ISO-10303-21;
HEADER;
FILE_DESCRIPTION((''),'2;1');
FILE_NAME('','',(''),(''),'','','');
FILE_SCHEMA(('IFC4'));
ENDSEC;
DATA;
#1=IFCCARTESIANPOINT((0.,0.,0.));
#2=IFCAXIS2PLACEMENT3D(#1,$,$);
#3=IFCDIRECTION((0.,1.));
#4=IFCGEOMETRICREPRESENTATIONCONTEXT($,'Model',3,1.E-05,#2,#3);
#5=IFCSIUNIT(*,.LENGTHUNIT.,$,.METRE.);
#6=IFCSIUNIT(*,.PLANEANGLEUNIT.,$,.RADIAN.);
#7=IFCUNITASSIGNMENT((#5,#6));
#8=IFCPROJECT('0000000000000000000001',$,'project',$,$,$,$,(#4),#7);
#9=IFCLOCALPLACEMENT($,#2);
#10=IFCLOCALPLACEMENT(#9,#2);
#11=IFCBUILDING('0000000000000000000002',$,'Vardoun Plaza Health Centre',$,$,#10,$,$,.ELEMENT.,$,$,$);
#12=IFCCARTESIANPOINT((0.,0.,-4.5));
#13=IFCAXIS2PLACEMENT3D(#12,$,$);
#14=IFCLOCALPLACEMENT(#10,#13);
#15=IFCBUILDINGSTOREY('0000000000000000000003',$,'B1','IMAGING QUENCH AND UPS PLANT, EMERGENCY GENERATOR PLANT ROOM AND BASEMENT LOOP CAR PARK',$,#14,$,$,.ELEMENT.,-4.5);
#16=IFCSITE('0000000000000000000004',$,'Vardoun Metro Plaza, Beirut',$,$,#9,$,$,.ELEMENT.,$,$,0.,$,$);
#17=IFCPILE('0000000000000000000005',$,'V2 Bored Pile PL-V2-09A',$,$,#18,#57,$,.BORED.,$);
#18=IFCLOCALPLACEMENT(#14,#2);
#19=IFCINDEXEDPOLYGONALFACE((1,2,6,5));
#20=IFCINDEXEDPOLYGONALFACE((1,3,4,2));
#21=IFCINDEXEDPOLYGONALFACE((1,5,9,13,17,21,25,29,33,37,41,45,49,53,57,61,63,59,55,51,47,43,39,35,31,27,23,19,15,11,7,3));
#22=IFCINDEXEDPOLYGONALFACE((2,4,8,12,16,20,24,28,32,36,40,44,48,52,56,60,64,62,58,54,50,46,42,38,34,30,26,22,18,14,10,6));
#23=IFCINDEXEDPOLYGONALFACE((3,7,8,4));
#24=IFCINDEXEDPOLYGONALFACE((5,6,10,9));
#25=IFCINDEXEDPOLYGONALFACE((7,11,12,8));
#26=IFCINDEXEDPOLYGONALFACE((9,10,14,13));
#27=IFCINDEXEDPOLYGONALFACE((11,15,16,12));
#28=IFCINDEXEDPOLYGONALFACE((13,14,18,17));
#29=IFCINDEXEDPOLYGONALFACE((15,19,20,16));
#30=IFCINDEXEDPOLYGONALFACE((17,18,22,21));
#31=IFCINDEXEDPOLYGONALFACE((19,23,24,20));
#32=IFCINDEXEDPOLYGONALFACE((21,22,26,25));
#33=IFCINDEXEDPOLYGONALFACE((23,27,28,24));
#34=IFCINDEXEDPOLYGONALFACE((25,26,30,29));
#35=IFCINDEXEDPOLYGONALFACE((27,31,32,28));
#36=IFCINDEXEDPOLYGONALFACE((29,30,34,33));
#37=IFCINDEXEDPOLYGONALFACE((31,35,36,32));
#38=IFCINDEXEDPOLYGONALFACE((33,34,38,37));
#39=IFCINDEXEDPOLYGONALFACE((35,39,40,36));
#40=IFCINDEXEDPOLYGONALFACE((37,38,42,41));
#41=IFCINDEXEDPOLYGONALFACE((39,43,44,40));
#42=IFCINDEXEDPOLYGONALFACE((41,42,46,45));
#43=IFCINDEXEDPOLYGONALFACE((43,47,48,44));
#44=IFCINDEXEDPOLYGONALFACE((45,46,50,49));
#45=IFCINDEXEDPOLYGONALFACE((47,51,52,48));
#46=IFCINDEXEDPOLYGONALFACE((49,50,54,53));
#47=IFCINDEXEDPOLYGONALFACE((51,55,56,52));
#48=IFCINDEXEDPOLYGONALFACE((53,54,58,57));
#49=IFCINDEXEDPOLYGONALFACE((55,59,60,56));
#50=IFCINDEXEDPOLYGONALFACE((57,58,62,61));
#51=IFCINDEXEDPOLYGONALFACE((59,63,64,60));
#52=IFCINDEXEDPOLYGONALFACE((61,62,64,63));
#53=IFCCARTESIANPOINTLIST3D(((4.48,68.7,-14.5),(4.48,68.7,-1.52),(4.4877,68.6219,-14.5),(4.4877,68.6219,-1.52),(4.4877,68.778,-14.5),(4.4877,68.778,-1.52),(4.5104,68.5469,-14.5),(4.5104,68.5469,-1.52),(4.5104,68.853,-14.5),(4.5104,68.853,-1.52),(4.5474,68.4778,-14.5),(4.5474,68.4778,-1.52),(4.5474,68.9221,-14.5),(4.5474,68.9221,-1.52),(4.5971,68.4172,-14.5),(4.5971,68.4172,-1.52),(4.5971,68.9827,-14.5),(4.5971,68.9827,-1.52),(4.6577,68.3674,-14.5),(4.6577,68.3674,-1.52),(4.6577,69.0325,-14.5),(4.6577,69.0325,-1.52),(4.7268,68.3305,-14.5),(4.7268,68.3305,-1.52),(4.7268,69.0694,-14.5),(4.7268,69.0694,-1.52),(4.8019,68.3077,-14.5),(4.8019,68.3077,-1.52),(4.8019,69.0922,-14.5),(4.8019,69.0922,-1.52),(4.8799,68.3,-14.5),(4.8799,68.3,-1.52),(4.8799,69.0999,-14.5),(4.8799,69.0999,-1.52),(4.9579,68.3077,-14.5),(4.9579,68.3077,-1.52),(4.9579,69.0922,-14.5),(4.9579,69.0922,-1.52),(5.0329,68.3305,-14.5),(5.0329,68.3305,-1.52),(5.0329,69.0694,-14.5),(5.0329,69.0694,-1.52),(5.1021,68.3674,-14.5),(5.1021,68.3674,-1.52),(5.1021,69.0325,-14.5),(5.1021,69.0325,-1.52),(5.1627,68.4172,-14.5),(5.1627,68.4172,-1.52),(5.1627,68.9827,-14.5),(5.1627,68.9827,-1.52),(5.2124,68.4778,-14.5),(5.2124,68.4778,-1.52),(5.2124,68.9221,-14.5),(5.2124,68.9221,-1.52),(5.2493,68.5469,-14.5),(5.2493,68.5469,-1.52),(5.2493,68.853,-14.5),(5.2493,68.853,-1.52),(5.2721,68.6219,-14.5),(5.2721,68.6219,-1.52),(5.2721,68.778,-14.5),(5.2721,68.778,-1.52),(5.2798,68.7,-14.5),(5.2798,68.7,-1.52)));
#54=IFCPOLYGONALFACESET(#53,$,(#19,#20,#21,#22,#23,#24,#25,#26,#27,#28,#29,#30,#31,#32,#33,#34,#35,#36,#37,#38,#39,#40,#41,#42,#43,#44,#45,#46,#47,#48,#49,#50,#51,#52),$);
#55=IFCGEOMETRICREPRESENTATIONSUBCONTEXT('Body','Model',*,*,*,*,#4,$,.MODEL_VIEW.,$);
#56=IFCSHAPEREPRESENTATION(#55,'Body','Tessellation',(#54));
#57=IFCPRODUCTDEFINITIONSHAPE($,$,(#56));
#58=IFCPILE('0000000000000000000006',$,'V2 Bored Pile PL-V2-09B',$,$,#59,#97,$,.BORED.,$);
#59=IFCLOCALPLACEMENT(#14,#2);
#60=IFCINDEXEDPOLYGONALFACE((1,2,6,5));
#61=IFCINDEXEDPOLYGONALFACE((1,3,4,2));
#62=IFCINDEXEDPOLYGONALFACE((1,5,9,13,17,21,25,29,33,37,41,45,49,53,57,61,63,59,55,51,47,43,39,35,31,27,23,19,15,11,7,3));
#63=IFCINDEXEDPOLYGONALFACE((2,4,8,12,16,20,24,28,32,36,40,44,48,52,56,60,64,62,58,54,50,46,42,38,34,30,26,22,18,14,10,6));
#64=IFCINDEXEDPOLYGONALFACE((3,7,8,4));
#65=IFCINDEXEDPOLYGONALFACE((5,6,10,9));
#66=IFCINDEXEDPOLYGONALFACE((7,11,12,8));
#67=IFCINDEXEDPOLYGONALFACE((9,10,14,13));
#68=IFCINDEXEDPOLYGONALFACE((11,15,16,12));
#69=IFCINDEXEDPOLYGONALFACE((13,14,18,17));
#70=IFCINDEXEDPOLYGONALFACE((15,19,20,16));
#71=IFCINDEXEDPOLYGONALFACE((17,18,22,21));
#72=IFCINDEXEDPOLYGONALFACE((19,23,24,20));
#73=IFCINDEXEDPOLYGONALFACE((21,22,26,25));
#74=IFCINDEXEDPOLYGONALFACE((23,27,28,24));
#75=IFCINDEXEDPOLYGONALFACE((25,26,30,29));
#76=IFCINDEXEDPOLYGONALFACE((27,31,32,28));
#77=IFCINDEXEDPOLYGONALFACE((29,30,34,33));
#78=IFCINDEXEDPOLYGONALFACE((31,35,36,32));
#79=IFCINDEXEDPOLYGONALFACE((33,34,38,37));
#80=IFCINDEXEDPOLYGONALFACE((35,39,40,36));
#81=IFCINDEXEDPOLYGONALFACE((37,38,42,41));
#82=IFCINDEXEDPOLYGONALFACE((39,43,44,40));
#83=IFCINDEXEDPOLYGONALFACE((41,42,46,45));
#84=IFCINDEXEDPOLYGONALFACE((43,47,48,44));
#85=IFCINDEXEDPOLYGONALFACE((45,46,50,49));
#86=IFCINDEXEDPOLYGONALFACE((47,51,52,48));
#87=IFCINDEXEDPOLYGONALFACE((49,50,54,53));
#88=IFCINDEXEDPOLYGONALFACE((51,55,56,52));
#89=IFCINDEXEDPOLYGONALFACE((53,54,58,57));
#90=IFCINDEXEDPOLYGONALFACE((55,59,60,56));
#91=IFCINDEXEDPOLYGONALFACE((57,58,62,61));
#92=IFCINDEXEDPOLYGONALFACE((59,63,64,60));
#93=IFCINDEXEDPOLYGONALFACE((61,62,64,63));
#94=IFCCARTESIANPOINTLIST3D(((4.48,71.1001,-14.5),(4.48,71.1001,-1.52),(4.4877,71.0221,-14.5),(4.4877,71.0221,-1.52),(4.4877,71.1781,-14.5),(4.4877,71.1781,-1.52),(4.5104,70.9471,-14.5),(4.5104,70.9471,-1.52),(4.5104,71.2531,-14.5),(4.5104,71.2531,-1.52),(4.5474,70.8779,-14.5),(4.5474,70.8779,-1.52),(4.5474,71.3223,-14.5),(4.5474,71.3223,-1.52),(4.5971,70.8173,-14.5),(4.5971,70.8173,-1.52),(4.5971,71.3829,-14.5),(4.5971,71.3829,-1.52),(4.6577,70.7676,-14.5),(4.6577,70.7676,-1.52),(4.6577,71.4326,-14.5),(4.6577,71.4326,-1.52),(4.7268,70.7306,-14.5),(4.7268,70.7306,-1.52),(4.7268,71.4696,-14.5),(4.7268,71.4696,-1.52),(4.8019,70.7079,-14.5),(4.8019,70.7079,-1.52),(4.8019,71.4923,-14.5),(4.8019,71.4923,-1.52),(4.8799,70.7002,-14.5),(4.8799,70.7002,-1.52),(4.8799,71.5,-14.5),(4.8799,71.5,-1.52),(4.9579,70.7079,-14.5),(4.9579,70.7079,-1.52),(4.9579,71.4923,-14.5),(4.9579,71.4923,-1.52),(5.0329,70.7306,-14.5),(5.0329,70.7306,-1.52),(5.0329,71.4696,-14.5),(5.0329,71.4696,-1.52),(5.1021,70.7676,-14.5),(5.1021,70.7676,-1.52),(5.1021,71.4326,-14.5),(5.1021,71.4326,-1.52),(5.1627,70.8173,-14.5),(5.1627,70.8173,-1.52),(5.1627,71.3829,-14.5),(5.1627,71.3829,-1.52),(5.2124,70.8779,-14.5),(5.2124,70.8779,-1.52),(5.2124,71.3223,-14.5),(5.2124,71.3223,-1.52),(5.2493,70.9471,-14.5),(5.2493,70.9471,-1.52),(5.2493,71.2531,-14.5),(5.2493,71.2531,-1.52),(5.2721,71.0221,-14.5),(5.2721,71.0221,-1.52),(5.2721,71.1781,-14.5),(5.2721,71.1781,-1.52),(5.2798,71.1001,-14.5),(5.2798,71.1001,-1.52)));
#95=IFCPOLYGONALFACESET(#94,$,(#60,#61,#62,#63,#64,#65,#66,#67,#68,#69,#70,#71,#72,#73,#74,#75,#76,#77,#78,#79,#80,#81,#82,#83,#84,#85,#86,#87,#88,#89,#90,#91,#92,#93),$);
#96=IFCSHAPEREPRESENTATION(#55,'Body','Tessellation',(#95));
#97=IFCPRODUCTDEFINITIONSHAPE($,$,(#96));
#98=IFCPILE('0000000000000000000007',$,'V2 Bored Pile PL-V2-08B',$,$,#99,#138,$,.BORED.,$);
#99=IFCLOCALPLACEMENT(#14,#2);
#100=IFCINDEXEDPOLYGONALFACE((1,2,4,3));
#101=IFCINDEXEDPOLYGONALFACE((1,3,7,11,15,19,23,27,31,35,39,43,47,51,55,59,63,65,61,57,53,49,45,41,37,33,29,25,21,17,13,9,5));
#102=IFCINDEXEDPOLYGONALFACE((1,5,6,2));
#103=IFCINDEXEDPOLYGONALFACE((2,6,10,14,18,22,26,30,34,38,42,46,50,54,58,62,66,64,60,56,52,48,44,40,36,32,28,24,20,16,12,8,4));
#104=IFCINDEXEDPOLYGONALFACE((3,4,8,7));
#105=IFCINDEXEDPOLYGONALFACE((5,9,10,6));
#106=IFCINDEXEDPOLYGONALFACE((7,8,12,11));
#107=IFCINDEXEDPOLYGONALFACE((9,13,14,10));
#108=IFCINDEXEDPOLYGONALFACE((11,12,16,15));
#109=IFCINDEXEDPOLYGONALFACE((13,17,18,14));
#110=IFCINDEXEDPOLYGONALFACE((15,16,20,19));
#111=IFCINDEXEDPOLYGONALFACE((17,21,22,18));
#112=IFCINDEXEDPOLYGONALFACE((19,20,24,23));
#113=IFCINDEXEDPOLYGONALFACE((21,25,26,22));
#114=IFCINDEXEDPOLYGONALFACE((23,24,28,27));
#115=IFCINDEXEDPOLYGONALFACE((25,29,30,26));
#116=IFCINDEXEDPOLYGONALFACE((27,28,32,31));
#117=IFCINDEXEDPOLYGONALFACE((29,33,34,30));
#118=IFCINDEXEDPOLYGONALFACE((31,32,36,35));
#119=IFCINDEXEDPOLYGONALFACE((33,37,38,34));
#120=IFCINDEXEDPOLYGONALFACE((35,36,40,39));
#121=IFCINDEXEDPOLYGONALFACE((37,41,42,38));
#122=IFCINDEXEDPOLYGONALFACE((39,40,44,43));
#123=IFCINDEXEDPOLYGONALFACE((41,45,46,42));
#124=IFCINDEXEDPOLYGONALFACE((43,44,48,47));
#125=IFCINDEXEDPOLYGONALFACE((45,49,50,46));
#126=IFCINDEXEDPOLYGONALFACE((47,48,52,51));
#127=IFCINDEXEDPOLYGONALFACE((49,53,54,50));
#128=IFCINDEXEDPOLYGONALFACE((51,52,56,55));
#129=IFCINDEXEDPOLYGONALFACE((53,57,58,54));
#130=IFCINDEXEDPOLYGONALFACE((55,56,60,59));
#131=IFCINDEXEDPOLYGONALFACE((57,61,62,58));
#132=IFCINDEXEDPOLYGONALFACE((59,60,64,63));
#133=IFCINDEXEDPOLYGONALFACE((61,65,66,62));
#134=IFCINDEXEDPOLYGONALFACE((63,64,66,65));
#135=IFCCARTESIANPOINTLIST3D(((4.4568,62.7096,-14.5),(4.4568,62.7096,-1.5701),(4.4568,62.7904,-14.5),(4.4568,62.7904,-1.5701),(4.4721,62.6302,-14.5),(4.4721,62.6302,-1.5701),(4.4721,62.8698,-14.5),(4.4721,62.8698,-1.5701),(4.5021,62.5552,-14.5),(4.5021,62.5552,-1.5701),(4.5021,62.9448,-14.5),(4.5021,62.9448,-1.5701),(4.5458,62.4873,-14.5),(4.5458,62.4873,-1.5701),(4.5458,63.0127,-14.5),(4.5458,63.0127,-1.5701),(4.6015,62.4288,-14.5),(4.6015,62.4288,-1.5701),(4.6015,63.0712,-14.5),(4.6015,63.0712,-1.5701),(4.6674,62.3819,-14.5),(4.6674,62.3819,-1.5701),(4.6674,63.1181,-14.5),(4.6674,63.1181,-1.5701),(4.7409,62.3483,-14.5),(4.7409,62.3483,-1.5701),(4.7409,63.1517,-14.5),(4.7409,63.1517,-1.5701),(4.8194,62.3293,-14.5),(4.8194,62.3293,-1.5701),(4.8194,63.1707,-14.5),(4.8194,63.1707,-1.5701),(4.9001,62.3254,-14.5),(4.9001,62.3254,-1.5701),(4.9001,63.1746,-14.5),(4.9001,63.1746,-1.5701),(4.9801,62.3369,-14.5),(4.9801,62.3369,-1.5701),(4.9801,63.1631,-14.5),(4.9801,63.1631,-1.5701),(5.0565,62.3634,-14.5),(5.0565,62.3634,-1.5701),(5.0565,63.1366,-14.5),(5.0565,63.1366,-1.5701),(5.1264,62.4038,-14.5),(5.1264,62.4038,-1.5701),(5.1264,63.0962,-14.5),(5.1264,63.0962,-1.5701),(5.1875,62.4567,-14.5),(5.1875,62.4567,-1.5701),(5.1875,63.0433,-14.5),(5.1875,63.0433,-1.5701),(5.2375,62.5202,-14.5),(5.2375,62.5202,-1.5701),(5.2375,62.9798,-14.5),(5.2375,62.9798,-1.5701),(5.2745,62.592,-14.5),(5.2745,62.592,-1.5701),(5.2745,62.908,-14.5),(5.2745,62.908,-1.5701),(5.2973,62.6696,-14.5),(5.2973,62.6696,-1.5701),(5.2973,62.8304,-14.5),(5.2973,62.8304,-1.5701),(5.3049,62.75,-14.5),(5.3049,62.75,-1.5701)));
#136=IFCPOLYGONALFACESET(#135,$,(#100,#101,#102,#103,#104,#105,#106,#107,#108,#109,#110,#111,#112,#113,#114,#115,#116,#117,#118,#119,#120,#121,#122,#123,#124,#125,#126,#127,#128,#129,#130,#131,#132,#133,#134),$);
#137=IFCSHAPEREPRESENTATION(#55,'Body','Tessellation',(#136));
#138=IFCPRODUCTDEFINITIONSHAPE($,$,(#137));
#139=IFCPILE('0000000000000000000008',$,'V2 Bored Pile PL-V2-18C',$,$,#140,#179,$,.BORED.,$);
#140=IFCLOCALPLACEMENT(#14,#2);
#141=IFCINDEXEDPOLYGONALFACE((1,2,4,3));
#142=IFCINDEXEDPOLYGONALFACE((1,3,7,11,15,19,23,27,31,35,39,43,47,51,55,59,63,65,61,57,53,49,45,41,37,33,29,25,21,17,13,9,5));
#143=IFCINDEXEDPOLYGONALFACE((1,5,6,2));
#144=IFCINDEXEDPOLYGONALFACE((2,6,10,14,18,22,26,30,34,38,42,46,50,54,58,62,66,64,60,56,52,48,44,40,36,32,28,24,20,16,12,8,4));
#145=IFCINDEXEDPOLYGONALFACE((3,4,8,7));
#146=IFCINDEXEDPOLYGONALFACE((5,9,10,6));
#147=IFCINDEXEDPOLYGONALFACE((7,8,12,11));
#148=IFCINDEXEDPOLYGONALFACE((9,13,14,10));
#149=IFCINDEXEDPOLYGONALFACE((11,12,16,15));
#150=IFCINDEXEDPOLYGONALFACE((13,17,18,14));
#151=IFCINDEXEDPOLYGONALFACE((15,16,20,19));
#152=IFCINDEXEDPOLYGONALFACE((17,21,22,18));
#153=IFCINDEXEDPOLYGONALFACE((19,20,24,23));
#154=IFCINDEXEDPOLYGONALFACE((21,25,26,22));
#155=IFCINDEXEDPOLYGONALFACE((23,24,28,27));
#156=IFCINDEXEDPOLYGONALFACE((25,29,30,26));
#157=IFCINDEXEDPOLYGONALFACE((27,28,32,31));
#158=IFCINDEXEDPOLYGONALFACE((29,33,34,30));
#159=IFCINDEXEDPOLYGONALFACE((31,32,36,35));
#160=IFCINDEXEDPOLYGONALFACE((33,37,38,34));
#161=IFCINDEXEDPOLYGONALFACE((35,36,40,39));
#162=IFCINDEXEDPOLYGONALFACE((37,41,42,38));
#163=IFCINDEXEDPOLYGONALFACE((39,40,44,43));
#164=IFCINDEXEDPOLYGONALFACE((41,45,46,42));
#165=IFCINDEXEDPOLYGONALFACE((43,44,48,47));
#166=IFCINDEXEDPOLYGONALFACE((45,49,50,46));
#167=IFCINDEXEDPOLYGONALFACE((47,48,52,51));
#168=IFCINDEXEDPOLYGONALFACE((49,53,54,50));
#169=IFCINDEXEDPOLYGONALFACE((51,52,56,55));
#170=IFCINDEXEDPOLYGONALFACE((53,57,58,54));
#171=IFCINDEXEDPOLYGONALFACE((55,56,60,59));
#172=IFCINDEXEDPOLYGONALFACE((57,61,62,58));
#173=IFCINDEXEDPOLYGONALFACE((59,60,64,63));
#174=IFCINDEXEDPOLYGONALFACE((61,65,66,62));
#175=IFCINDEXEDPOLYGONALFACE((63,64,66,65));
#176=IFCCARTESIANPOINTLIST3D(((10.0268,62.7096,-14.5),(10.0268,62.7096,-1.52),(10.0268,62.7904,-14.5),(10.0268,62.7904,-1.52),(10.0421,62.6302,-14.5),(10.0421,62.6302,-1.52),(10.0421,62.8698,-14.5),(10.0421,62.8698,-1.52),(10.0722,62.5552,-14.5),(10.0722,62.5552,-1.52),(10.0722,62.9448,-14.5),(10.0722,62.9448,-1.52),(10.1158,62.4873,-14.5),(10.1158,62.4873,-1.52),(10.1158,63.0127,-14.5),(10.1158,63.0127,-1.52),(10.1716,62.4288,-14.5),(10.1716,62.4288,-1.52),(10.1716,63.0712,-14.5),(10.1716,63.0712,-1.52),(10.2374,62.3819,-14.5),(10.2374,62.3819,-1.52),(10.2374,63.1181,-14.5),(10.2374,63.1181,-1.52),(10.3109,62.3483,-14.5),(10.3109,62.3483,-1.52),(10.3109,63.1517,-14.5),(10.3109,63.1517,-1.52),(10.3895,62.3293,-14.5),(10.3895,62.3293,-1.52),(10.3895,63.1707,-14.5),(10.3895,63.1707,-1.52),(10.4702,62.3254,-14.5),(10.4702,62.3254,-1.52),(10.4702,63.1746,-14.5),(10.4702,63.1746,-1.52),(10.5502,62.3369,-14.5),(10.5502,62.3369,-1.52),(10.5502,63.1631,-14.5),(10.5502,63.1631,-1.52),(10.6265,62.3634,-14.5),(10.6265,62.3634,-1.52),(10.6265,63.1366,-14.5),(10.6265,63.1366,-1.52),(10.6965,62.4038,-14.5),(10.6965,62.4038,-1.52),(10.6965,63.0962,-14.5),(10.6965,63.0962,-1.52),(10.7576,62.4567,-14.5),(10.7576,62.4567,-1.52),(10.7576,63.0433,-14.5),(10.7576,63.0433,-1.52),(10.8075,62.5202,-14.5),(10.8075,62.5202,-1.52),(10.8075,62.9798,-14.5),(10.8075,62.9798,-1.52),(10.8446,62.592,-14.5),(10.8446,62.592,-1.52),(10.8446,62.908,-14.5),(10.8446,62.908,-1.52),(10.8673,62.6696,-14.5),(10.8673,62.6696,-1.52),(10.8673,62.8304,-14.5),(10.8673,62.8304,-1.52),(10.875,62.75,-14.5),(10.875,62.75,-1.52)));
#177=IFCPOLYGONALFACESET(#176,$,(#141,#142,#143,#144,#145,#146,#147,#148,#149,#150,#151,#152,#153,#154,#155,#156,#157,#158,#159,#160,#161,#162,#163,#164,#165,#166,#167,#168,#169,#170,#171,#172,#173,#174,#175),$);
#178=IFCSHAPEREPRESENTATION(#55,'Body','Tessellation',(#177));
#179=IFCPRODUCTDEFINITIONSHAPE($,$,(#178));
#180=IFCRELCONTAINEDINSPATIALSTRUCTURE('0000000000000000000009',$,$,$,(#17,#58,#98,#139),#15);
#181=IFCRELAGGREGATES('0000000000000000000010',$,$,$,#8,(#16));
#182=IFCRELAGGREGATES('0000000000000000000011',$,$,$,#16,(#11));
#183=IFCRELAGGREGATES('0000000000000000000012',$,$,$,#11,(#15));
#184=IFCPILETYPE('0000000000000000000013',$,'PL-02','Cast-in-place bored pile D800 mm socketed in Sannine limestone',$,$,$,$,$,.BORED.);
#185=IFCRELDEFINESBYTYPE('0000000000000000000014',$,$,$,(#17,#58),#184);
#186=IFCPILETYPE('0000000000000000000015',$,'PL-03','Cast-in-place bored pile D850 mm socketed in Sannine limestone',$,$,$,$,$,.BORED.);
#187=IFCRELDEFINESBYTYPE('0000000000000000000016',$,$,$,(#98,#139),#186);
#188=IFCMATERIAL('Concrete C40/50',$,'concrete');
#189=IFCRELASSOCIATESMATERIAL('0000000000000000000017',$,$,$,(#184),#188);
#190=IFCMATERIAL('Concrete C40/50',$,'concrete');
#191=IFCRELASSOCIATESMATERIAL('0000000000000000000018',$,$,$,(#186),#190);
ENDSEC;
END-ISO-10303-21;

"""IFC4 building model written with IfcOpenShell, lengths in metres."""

from ifc_helpers import new_model, si_unit, direction, frame, origin, origin_2d, place, context, subcontext, project, spatial, circle, extrude, material, material_profile, profile_set, type_object, element, save


model = new_model("IFC4")

# Units and contexts
model_context = context("Model", 3, precision=1e-05, world=origin(), true_north=direction((0.0, 1.0)))
body_context = subcontext(model_context, "Body", "Model", "MODEL_VIEW")
ifc_project = project(units=[si_unit("LENGTHUNIT", "METRE"), si_unit("PLANEANGLEUNIT", "RADIAN")], contexts=[model_context])

# Site, building, storey
site_placement = place(None, origin())
site = spatial("IfcSite", under=ifc_project, at=site_placement, Name="Vardoun Metro Plaza, Beirut", CompositionType="ELEMENT", RefElevation=0.0)
building_placement = place(site_placement, origin())
building = spatial("IfcBuilding", under=site, at=building_placement, Name="Vardoun Plaza Health Centre", CompositionType="ELEMENT")
storey_placement = place(building_placement, frame((0.0, 0.0, -4.5)))
storey = spatial("IfcBuildingStorey", under=building, at=storey_placement, Name="B1", Description="IMAGING QUENCH AND UPS PLANT, EMERGENCY GENERATOR PLANT ROOM AND BASEMENT LOOP CAR PARK", CompositionType="ELEMENT", Elevation=-4.5)

# Piles
ifc_material_1 = material(Name="Concrete C40/50", Category="concrete")
ifc_material_profile_1 = material_profile(ifc_material_1, circle(Radius=0.3999, at=origin_2d()), Name="PILE D800")
ifc_profile_set_1 = profile_set([ifc_material_profile_1], Name="Concrete C40/50")
pile_type_1 = type_object("IfcPileType", Name="PL-02", Description="Cast-in-place bored pile D800 mm socketed in Sannine limestone", PredefinedType="BORED", material=ifc_profile_set_1)
for number, where, z_axis, x_axis, name in (
    (1, (4.8799, 68.7, -1.52), (0.0, 0.0, -1.0), (1.0, 0.0, 0.0), "V2 Bored Pile PL-V2-09A"),
    (2, (4.8799, 71.1001, -1.52), (0.0, 0.0, -1.0), (1.0, 0.0, 0.0), "V2 Bored Pile PL-V2-09B"),
):
    element("IfcPile", number, at=place(storey_placement, frame(where, z_axis=z_axis, x_axis=x_axis)), inside=storey, type_object=pile_type_1, Name=name, PredefinedType="BORED", context=body_context, shape_type="SweptSolid", body=[
        extrude(circle(Radius=0.3999, at=origin_2d()), origin(), (0.0, 0.0, 1.0), 12.98),
    ])
ifc_material_2 = material(Name="Concrete C40/50", Category="concrete")
ifc_material_profile_2 = material_profile(ifc_material_2, circle(Radius=0.425, at=origin_2d()), Name="PILE D850")
ifc_profile_set_2 = profile_set([ifc_material_profile_2], Name="Concrete C40/50")
pile_type_2 = type_object("IfcPileType", Name="PL-03", Description="Cast-in-place bored pile D850 mm socketed in Sannine limestone", PredefinedType="BORED", material=ifc_profile_set_2)
pile_1_placement = place(storey_placement, frame((4.8799, 62.75, -1.5701), z_axis=(0.0, 0.0, -1.0), x_axis=(1.0, 0.0, 0.0)))
element("IfcPile", 3, at=pile_1_placement, inside=storey, type_object=pile_type_2, Name="V2 Bored Pile PL-V2-08B", PredefinedType="BORED", context=body_context, shape_type="SweptSolid", body=[
    extrude(circle(Radius=0.425, at=origin_2d()), origin(), (0.0, 0.0, 1.0), 12.9299),
])
for number, where, z_axis, x_axis, name in (
    (4, (10.45, 62.75, -1.52), (0.0, 0.0, -1.0), (1.0, 0.0, 0.0), "V2 Bored Pile PL-V2-18C"),
):
    element("IfcPile", number, at=place(storey_placement, frame(where, z_axis=z_axis, x_axis=x_axis)), inside=storey, type_object=pile_type_2, Name=name, PredefinedType="BORED", context=body_context, shape_type="SweptSolid", body=[
        extrude(circle(Radius=0.425, at=origin_2d()), origin(), (0.0, 0.0, 1.0), 12.98),
    ])

save(model, "model.ifc")
